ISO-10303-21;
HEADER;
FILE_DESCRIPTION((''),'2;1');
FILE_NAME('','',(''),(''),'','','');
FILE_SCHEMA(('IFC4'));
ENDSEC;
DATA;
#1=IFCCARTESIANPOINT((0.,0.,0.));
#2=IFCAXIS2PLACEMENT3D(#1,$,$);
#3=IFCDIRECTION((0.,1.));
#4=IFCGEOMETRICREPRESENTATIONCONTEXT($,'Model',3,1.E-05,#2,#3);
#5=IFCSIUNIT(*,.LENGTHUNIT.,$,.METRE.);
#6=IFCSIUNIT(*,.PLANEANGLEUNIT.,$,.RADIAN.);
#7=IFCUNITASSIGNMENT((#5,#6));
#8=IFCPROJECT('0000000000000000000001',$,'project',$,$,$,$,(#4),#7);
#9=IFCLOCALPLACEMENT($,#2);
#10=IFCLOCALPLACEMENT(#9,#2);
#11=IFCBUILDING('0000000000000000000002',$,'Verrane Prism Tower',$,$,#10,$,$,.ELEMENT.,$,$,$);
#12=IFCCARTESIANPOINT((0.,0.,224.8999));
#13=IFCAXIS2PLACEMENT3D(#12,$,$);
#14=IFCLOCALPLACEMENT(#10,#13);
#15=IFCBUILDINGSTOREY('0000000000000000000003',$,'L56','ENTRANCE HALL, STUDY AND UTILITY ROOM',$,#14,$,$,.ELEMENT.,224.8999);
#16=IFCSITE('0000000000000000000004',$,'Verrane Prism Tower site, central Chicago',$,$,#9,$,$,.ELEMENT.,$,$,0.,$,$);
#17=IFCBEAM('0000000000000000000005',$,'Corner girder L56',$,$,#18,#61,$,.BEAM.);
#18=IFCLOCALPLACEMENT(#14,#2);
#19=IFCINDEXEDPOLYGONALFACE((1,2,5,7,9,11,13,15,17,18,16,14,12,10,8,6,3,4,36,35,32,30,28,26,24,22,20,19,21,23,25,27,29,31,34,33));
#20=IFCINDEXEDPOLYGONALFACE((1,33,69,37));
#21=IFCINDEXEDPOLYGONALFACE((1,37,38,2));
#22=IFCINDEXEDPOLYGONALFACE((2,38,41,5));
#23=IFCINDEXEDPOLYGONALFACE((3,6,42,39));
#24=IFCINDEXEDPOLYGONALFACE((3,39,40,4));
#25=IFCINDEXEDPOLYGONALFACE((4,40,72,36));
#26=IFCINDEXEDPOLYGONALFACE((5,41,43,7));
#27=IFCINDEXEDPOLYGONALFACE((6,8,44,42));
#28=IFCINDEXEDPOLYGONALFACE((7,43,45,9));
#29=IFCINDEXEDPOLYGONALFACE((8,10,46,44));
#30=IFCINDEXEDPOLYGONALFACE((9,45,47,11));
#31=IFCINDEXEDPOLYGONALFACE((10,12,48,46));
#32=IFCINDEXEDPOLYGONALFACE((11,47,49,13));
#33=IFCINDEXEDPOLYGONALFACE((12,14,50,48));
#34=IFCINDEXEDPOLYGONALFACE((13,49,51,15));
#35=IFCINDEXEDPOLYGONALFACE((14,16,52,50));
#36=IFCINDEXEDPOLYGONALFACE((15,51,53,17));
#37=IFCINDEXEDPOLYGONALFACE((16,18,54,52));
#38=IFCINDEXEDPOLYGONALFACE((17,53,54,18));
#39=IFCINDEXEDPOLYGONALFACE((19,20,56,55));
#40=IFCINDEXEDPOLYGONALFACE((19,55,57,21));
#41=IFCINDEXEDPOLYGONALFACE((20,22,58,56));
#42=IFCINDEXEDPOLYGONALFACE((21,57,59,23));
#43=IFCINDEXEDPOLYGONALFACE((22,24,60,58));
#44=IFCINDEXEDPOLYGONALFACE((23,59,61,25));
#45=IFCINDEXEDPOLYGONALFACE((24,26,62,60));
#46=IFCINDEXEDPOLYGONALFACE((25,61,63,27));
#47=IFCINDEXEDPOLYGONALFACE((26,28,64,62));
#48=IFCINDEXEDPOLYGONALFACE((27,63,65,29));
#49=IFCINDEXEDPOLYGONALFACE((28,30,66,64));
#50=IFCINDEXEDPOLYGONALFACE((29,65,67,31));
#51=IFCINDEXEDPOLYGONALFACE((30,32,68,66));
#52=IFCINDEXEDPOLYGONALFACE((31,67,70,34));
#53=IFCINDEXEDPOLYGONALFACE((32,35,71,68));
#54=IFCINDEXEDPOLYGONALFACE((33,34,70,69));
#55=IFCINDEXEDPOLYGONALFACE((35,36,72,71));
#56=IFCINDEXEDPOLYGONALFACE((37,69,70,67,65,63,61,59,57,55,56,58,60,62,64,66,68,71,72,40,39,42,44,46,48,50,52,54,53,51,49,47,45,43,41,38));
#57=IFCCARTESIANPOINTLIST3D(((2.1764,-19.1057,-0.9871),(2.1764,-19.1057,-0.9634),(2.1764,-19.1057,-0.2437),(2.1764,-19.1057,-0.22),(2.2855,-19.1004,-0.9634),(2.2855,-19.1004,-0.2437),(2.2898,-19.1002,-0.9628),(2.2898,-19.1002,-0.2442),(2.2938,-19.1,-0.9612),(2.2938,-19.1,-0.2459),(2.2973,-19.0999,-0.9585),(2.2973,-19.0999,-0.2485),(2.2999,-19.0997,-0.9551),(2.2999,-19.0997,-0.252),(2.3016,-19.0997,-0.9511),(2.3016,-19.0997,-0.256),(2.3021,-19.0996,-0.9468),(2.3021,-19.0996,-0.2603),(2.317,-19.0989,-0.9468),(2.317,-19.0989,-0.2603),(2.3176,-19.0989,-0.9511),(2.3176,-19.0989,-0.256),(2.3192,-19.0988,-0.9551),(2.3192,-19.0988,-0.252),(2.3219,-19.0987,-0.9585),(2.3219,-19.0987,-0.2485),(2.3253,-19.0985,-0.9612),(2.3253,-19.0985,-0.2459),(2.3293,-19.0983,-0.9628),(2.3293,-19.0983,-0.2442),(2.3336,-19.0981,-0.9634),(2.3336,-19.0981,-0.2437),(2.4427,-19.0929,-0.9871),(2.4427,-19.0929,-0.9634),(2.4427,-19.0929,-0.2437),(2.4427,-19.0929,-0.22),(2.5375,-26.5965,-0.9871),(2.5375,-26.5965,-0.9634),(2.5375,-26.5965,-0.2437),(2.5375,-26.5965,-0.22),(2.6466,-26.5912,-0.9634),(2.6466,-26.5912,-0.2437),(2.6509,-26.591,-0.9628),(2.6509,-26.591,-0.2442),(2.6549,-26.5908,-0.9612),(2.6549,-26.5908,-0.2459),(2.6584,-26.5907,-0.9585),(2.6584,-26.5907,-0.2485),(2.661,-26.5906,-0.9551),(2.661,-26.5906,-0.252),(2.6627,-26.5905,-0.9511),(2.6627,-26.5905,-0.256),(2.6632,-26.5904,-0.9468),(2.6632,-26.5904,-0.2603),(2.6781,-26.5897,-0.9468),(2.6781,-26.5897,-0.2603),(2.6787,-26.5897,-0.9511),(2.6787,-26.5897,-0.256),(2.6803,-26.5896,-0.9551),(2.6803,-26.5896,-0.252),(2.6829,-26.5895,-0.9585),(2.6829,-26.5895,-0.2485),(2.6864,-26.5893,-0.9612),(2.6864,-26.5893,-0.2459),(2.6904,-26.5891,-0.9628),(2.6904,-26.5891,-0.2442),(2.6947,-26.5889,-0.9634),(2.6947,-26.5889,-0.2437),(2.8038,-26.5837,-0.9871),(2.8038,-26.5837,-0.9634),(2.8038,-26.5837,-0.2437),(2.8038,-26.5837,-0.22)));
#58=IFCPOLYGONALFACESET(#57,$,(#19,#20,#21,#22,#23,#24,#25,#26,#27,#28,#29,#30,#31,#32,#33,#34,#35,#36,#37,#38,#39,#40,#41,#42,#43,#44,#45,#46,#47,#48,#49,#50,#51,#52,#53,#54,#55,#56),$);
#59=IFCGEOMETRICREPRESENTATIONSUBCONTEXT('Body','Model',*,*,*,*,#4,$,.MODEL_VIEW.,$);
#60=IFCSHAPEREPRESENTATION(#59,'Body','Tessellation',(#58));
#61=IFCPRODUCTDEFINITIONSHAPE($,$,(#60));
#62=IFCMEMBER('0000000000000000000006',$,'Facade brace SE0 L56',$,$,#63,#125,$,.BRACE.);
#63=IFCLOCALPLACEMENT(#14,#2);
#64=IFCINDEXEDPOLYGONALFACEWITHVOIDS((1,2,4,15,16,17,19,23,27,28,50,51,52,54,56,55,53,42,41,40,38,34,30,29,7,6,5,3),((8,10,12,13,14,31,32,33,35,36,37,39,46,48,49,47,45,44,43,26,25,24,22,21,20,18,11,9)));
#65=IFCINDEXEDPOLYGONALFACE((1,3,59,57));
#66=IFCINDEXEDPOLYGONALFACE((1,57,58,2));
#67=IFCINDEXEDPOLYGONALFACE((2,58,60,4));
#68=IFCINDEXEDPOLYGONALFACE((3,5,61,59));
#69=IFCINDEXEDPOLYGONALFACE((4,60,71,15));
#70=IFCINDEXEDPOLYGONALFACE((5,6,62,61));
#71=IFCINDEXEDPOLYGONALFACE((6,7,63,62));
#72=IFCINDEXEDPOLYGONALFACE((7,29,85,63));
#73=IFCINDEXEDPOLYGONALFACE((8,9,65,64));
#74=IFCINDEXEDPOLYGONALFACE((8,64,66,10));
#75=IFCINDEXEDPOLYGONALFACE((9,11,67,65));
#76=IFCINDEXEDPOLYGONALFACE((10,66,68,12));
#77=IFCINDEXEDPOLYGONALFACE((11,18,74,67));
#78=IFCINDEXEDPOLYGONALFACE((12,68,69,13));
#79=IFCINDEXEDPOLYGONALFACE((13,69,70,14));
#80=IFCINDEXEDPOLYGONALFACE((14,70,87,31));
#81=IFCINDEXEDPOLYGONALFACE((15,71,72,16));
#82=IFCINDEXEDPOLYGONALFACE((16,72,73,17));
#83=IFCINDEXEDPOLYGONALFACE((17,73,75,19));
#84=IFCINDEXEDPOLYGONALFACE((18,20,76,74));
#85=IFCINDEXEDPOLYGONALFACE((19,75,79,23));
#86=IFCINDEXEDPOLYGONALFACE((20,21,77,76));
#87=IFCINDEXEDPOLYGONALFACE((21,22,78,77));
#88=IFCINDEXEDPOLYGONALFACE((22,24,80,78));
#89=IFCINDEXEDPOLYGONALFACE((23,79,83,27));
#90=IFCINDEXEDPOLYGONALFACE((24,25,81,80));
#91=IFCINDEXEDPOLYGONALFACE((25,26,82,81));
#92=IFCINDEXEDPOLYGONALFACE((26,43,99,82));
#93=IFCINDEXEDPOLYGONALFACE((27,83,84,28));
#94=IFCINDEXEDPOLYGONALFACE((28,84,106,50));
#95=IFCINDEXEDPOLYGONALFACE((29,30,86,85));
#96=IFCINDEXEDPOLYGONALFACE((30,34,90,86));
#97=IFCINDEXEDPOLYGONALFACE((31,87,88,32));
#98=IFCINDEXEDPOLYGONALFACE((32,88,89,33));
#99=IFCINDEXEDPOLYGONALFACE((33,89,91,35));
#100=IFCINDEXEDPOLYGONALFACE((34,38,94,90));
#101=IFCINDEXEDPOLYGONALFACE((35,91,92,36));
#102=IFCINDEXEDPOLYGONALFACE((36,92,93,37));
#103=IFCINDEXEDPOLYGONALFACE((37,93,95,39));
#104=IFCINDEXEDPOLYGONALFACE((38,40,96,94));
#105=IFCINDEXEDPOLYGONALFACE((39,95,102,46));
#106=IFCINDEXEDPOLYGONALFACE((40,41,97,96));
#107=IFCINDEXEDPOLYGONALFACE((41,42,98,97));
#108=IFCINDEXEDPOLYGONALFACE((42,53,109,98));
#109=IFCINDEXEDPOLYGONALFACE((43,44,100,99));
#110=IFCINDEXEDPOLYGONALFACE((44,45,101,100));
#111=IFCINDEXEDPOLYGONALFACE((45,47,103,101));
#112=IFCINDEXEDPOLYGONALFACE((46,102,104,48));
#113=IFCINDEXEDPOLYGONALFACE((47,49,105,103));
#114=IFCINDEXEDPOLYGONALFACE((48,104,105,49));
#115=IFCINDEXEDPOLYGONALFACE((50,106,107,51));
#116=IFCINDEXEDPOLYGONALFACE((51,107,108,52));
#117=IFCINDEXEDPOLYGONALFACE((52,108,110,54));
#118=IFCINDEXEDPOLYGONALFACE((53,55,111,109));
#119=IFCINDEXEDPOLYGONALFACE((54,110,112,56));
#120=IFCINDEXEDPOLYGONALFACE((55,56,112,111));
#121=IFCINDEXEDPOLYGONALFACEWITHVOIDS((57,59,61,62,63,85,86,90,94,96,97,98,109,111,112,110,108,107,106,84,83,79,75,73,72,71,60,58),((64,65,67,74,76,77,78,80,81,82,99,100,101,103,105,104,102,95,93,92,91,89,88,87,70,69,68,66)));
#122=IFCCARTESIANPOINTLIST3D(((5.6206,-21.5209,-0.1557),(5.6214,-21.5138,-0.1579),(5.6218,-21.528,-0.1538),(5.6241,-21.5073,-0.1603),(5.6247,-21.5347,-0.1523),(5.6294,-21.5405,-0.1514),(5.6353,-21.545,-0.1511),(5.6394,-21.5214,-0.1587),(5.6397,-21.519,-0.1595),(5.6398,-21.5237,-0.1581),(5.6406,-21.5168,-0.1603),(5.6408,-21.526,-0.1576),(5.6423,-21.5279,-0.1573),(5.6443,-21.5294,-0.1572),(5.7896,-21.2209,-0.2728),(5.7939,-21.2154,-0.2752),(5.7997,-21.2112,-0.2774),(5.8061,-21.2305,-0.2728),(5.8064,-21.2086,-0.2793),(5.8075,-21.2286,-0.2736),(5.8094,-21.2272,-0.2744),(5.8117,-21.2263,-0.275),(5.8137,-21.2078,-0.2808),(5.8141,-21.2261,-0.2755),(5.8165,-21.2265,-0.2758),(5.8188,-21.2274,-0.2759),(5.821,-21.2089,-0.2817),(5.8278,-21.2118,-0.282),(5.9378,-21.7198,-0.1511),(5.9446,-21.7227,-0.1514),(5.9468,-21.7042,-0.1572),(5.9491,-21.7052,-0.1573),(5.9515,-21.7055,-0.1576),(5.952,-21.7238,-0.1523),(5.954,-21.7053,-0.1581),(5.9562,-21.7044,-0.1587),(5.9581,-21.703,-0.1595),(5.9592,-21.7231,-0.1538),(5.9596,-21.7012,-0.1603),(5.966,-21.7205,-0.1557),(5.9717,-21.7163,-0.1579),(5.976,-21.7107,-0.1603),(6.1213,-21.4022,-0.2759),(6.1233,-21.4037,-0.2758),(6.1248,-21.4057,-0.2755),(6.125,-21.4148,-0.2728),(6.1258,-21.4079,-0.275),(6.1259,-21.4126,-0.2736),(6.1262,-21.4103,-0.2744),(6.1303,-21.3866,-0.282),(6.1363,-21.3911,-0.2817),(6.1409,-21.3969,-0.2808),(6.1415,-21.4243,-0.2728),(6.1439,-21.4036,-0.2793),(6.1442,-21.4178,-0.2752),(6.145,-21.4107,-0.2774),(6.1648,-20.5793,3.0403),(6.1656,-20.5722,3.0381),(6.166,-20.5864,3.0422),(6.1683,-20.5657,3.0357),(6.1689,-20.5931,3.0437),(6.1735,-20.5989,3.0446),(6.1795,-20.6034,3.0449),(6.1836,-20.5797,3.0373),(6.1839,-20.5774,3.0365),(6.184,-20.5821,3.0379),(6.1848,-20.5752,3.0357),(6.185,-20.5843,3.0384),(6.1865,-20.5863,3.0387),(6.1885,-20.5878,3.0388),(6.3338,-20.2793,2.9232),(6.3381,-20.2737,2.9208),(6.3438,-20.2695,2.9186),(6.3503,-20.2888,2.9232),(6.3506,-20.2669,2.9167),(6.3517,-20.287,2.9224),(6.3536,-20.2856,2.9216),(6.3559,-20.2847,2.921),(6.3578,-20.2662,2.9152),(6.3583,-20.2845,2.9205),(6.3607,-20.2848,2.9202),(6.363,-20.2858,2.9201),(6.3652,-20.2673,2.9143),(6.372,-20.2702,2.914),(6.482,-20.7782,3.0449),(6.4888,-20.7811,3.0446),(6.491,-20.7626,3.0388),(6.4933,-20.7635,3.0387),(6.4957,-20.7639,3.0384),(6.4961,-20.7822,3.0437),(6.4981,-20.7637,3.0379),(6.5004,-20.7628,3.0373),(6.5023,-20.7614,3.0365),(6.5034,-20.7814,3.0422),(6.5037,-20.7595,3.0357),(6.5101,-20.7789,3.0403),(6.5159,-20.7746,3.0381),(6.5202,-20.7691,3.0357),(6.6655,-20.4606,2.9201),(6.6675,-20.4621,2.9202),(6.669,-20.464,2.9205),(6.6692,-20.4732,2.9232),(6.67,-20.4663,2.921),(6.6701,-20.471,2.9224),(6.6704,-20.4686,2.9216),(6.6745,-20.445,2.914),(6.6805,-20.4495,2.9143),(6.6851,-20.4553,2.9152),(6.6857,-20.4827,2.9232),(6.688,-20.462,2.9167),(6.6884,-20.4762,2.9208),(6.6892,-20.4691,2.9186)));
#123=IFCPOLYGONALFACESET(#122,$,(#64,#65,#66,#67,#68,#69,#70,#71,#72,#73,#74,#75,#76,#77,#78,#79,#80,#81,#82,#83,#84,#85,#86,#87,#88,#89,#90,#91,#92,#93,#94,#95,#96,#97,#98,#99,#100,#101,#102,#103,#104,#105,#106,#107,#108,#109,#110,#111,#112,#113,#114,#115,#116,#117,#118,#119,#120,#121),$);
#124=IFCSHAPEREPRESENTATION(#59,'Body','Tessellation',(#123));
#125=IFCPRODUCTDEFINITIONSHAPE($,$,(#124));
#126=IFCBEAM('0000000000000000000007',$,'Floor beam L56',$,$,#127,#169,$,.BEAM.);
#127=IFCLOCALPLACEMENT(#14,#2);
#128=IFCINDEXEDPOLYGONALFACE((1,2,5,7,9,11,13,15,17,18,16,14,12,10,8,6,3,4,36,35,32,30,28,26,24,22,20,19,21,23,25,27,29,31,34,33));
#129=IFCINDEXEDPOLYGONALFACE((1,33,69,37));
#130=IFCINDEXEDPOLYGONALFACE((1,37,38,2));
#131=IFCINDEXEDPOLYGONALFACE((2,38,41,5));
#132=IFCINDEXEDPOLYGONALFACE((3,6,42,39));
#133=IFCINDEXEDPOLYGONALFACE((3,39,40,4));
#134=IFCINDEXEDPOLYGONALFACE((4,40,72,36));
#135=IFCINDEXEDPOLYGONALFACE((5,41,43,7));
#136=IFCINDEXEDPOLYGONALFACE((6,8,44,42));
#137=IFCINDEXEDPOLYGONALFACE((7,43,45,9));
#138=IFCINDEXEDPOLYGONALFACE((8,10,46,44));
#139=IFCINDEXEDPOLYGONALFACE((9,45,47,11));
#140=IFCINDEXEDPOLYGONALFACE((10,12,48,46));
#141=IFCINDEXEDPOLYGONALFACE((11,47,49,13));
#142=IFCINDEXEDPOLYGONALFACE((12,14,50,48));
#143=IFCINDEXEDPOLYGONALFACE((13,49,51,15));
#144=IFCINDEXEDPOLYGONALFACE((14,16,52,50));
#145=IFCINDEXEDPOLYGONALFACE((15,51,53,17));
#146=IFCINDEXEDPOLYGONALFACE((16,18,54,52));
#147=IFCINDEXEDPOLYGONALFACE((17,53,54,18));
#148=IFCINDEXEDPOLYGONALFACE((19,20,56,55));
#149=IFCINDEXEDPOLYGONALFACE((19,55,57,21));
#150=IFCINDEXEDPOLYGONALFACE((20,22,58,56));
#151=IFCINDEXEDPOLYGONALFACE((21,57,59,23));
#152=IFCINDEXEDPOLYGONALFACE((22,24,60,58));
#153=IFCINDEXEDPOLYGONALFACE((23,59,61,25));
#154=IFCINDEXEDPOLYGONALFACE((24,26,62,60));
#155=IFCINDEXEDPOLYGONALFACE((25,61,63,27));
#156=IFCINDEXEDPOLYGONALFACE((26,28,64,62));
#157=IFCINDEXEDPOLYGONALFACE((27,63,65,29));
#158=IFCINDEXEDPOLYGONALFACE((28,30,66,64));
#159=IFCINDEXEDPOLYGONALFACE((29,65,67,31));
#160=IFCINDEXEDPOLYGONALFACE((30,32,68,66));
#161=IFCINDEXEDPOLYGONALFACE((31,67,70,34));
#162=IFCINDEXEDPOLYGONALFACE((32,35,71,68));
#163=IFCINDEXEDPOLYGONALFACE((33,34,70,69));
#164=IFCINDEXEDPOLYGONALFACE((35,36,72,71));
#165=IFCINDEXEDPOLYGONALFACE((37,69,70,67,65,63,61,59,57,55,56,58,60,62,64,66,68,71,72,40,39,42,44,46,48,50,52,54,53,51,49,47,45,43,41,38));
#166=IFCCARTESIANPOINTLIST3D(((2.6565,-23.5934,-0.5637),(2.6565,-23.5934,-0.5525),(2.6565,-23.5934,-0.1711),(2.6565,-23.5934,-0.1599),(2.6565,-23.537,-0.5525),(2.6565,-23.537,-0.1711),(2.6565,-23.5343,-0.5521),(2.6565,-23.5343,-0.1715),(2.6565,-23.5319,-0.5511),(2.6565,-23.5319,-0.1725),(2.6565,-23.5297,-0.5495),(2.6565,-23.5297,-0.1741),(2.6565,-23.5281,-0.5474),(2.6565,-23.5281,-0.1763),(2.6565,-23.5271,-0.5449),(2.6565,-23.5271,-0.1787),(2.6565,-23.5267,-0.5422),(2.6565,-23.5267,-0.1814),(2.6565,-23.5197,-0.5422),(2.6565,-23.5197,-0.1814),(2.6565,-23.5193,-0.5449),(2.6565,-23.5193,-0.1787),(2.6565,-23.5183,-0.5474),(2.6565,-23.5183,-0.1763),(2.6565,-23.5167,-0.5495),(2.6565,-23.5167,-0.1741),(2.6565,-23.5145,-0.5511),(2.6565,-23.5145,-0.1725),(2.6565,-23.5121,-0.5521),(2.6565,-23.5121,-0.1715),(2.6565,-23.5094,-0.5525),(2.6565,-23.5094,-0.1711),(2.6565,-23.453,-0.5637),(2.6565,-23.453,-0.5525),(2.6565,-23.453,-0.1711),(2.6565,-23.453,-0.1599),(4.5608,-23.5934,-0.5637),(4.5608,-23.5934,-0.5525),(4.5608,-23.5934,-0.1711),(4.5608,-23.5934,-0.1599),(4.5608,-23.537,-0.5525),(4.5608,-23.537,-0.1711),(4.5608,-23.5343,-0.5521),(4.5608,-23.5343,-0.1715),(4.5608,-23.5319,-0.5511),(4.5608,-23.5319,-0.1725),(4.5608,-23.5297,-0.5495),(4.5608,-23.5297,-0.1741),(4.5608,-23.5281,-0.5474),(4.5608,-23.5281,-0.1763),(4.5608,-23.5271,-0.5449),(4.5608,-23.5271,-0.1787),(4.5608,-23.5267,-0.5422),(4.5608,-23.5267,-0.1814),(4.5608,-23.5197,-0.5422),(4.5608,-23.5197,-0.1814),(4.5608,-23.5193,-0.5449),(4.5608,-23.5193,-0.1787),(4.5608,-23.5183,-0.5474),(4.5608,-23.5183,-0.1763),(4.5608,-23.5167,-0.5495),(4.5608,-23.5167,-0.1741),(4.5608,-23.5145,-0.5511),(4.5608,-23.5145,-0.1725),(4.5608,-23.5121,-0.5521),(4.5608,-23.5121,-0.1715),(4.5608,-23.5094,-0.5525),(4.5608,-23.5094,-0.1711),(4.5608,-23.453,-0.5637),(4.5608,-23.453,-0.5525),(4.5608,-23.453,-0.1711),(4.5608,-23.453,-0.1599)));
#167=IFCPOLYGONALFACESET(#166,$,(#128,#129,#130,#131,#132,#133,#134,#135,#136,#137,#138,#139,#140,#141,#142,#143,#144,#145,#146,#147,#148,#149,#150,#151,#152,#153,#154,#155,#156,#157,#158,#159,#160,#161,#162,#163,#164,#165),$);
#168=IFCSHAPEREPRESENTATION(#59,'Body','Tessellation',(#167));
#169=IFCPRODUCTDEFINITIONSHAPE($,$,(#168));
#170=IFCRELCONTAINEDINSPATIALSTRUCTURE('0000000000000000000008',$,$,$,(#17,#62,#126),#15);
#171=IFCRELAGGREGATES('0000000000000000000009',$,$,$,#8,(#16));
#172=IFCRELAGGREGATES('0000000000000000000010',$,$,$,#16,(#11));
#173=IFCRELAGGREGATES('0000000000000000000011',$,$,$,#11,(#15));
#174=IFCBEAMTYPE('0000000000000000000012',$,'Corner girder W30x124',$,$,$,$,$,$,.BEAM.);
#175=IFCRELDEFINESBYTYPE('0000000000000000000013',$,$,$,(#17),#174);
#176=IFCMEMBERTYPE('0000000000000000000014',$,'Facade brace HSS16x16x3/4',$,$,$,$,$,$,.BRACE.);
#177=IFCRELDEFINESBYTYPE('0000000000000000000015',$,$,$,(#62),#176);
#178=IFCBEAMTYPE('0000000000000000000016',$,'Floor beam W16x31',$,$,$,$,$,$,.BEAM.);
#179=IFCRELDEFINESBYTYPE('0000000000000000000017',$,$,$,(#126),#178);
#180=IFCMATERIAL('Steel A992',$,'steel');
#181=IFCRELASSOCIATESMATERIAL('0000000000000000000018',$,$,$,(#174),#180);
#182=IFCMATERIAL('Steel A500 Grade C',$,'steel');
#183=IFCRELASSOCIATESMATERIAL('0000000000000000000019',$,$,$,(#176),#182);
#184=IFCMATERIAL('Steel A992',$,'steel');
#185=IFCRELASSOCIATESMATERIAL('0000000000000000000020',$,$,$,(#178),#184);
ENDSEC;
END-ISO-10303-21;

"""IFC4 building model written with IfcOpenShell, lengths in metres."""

from ifc_helpers import new_model, si_unit, direction, frame, origin, origin_2d, place, context, subcontext, project, spatial, hollow_rectangle, i_section, extrude, material, material_profile, profile_set, type_object, element, save


model = new_model("IFC4")

# Units and contexts
model_context = context("Model", 3, precision=1e-05, world=origin(), true_north=direction((0.0, 1.0)))
body_context = subcontext(model_context, "Body", "Model", "MODEL_VIEW")
ifc_project = project(units=[si_unit("LENGTHUNIT", "METRE"), si_unit("PLANEANGLEUNIT", "RADIAN")], contexts=[model_context])

# Site, building, storey
site_placement = place(None, origin())
site = spatial("IfcSite", under=ifc_project, at=site_placement, Name="Verrane Prism Tower site, central Chicago", CompositionType="ELEMENT", RefElevation=0.0)
building_placement = place(site_placement, origin())
building = spatial("IfcBuilding", under=site, at=building_placement, Name="Verrane Prism Tower", CompositionType="ELEMENT")
storey_placement = place(building_placement, frame((0.0, 0.0, 224.8999)))
storey = spatial("IfcBuildingStorey", under=building, at=storey_placement, Name="L56", Description="ENTRANCE HALL, STUDY AND UTILITY ROOM", CompositionType="ELEMENT", Elevation=224.8999)

# Beam
ifc_material_1 = material(Name="Steel A992", Category="steel")
ifc_material_profile_1 = material_profile(ifc_material_1, i_section(OverallWidth=0.2666, OverallDepth=0.7671, WebThickness=0.0149, FlangeThickness=0.0237, FilletRadius=0.0166, at=origin_2d()), Name="W30x124")
ifc_profile_set_1 = profile_set([ifc_material_profile_1], Name="Steel A992")
beam_type_1 = type_object("IfcBeamType", Name="Corner girder W30x124", PredefinedType="BEAM", material=ifc_profile_set_1)
beam_1_placement = place(storey_placement, frame((2.6707, -26.5901, -0.6035), z_axis=(-0.048148, 0.99884, 0.0), x_axis=(-0.99884, -0.048148, 0.0)))
element("IfcBeam", 1, at=beam_1_placement, inside=storey, type_object=beam_type_1, Name="Corner girder L56", PredefinedType="BEAM", context=body_context, shape_type="SweptSolid", body=[
    extrude(i_section(OverallWidth=0.2666, OverallDepth=0.7671, WebThickness=0.0149, FlangeThickness=0.0237, FilletRadius=0.0166, at=origin_2d()), origin(), (0.0, 0.0, 1.0), 7.4995),
])

# Member
ifc_material_2 = material(Name="Steel A500 Grade C", Category="steel")
ifc_material_profile_2 = material_profile(ifc_material_2, hollow_rectangle(XDim=0.4065, YDim=0.4065, WallThickness=0.019, InnerFilletRadius=0.0095, OuterFilletRadius=0.0286, at=origin_2d()), Name="HSS16x16x3/4")
ifc_profile_set_2 = profile_set([ifc_material_profile_2], Name="Steel A500 Grade C")
member_type_1 = type_object("IfcMemberType", Name="Facade brace HSS16x16x3/4", PredefinedType="BRACE", material=ifc_profile_set_2)
member_1_placement = place(storey_placement, frame((5.8828, -21.4658, -0.2166), z_axis=(0.161192, 0.278923, 0.946689), x_axis=(-0.865815, 0.500364, 0.0)))
element("IfcMember", 2, at=member_1_placement, inside=storey, type_object=member_type_1, Name="Facade brace SE0 L56", PredefinedType="BRACE", context=body_context, shape_type="SweptSolid", body=[
    extrude(hollow_rectangle(XDim=0.4065, YDim=0.4065, WallThickness=0.019, InnerFilletRadius=0.0095, OuterFilletRadius=0.0286, at=origin_2d()), origin(), (0.0, 0.0, 1.0), 3.376),
])

# Beam
ifc_material_3 = material(Name="Steel A992", Category="steel")
ifc_material_profile_3 = material_profile(ifc_material_3, i_section(OverallWidth=0.1404, OverallDepth=0.4038, WebThickness=0.0071, FlangeThickness=0.0112, FilletRadius=0.0103, at=origin_2d()), Name="W16x31")
ifc_profile_set_3 = profile_set([ifc_material_profile_3], Name="Steel A992")
beam_type_2 = type_object("IfcBeamType", Name="Floor beam W16x31", PredefinedType="BEAM", material=ifc_profile_set_3)
beam_2_placement = place(storey_placement, frame((2.6565, -23.5232, -0.3618), z_axis=(1.0, 0.0, 0.0), x_axis=(0.0, 1.0, 0.0)))
element("IfcBeam", 3, at=beam_2_placement, inside=storey, type_object=beam_type_2, Name="Floor beam L56", PredefinedType="BEAM", context=body_context, shape_type="SweptSolid", body=[
    extrude(i_section(OverallWidth=0.1404, OverallDepth=0.4038, WebThickness=0.0071, FlangeThickness=0.0112, FilletRadius=0.0103, at=origin_2d()), origin(), (0.0, 0.0, 1.0), 1.9043),
])

save(model, "model.ifc")
